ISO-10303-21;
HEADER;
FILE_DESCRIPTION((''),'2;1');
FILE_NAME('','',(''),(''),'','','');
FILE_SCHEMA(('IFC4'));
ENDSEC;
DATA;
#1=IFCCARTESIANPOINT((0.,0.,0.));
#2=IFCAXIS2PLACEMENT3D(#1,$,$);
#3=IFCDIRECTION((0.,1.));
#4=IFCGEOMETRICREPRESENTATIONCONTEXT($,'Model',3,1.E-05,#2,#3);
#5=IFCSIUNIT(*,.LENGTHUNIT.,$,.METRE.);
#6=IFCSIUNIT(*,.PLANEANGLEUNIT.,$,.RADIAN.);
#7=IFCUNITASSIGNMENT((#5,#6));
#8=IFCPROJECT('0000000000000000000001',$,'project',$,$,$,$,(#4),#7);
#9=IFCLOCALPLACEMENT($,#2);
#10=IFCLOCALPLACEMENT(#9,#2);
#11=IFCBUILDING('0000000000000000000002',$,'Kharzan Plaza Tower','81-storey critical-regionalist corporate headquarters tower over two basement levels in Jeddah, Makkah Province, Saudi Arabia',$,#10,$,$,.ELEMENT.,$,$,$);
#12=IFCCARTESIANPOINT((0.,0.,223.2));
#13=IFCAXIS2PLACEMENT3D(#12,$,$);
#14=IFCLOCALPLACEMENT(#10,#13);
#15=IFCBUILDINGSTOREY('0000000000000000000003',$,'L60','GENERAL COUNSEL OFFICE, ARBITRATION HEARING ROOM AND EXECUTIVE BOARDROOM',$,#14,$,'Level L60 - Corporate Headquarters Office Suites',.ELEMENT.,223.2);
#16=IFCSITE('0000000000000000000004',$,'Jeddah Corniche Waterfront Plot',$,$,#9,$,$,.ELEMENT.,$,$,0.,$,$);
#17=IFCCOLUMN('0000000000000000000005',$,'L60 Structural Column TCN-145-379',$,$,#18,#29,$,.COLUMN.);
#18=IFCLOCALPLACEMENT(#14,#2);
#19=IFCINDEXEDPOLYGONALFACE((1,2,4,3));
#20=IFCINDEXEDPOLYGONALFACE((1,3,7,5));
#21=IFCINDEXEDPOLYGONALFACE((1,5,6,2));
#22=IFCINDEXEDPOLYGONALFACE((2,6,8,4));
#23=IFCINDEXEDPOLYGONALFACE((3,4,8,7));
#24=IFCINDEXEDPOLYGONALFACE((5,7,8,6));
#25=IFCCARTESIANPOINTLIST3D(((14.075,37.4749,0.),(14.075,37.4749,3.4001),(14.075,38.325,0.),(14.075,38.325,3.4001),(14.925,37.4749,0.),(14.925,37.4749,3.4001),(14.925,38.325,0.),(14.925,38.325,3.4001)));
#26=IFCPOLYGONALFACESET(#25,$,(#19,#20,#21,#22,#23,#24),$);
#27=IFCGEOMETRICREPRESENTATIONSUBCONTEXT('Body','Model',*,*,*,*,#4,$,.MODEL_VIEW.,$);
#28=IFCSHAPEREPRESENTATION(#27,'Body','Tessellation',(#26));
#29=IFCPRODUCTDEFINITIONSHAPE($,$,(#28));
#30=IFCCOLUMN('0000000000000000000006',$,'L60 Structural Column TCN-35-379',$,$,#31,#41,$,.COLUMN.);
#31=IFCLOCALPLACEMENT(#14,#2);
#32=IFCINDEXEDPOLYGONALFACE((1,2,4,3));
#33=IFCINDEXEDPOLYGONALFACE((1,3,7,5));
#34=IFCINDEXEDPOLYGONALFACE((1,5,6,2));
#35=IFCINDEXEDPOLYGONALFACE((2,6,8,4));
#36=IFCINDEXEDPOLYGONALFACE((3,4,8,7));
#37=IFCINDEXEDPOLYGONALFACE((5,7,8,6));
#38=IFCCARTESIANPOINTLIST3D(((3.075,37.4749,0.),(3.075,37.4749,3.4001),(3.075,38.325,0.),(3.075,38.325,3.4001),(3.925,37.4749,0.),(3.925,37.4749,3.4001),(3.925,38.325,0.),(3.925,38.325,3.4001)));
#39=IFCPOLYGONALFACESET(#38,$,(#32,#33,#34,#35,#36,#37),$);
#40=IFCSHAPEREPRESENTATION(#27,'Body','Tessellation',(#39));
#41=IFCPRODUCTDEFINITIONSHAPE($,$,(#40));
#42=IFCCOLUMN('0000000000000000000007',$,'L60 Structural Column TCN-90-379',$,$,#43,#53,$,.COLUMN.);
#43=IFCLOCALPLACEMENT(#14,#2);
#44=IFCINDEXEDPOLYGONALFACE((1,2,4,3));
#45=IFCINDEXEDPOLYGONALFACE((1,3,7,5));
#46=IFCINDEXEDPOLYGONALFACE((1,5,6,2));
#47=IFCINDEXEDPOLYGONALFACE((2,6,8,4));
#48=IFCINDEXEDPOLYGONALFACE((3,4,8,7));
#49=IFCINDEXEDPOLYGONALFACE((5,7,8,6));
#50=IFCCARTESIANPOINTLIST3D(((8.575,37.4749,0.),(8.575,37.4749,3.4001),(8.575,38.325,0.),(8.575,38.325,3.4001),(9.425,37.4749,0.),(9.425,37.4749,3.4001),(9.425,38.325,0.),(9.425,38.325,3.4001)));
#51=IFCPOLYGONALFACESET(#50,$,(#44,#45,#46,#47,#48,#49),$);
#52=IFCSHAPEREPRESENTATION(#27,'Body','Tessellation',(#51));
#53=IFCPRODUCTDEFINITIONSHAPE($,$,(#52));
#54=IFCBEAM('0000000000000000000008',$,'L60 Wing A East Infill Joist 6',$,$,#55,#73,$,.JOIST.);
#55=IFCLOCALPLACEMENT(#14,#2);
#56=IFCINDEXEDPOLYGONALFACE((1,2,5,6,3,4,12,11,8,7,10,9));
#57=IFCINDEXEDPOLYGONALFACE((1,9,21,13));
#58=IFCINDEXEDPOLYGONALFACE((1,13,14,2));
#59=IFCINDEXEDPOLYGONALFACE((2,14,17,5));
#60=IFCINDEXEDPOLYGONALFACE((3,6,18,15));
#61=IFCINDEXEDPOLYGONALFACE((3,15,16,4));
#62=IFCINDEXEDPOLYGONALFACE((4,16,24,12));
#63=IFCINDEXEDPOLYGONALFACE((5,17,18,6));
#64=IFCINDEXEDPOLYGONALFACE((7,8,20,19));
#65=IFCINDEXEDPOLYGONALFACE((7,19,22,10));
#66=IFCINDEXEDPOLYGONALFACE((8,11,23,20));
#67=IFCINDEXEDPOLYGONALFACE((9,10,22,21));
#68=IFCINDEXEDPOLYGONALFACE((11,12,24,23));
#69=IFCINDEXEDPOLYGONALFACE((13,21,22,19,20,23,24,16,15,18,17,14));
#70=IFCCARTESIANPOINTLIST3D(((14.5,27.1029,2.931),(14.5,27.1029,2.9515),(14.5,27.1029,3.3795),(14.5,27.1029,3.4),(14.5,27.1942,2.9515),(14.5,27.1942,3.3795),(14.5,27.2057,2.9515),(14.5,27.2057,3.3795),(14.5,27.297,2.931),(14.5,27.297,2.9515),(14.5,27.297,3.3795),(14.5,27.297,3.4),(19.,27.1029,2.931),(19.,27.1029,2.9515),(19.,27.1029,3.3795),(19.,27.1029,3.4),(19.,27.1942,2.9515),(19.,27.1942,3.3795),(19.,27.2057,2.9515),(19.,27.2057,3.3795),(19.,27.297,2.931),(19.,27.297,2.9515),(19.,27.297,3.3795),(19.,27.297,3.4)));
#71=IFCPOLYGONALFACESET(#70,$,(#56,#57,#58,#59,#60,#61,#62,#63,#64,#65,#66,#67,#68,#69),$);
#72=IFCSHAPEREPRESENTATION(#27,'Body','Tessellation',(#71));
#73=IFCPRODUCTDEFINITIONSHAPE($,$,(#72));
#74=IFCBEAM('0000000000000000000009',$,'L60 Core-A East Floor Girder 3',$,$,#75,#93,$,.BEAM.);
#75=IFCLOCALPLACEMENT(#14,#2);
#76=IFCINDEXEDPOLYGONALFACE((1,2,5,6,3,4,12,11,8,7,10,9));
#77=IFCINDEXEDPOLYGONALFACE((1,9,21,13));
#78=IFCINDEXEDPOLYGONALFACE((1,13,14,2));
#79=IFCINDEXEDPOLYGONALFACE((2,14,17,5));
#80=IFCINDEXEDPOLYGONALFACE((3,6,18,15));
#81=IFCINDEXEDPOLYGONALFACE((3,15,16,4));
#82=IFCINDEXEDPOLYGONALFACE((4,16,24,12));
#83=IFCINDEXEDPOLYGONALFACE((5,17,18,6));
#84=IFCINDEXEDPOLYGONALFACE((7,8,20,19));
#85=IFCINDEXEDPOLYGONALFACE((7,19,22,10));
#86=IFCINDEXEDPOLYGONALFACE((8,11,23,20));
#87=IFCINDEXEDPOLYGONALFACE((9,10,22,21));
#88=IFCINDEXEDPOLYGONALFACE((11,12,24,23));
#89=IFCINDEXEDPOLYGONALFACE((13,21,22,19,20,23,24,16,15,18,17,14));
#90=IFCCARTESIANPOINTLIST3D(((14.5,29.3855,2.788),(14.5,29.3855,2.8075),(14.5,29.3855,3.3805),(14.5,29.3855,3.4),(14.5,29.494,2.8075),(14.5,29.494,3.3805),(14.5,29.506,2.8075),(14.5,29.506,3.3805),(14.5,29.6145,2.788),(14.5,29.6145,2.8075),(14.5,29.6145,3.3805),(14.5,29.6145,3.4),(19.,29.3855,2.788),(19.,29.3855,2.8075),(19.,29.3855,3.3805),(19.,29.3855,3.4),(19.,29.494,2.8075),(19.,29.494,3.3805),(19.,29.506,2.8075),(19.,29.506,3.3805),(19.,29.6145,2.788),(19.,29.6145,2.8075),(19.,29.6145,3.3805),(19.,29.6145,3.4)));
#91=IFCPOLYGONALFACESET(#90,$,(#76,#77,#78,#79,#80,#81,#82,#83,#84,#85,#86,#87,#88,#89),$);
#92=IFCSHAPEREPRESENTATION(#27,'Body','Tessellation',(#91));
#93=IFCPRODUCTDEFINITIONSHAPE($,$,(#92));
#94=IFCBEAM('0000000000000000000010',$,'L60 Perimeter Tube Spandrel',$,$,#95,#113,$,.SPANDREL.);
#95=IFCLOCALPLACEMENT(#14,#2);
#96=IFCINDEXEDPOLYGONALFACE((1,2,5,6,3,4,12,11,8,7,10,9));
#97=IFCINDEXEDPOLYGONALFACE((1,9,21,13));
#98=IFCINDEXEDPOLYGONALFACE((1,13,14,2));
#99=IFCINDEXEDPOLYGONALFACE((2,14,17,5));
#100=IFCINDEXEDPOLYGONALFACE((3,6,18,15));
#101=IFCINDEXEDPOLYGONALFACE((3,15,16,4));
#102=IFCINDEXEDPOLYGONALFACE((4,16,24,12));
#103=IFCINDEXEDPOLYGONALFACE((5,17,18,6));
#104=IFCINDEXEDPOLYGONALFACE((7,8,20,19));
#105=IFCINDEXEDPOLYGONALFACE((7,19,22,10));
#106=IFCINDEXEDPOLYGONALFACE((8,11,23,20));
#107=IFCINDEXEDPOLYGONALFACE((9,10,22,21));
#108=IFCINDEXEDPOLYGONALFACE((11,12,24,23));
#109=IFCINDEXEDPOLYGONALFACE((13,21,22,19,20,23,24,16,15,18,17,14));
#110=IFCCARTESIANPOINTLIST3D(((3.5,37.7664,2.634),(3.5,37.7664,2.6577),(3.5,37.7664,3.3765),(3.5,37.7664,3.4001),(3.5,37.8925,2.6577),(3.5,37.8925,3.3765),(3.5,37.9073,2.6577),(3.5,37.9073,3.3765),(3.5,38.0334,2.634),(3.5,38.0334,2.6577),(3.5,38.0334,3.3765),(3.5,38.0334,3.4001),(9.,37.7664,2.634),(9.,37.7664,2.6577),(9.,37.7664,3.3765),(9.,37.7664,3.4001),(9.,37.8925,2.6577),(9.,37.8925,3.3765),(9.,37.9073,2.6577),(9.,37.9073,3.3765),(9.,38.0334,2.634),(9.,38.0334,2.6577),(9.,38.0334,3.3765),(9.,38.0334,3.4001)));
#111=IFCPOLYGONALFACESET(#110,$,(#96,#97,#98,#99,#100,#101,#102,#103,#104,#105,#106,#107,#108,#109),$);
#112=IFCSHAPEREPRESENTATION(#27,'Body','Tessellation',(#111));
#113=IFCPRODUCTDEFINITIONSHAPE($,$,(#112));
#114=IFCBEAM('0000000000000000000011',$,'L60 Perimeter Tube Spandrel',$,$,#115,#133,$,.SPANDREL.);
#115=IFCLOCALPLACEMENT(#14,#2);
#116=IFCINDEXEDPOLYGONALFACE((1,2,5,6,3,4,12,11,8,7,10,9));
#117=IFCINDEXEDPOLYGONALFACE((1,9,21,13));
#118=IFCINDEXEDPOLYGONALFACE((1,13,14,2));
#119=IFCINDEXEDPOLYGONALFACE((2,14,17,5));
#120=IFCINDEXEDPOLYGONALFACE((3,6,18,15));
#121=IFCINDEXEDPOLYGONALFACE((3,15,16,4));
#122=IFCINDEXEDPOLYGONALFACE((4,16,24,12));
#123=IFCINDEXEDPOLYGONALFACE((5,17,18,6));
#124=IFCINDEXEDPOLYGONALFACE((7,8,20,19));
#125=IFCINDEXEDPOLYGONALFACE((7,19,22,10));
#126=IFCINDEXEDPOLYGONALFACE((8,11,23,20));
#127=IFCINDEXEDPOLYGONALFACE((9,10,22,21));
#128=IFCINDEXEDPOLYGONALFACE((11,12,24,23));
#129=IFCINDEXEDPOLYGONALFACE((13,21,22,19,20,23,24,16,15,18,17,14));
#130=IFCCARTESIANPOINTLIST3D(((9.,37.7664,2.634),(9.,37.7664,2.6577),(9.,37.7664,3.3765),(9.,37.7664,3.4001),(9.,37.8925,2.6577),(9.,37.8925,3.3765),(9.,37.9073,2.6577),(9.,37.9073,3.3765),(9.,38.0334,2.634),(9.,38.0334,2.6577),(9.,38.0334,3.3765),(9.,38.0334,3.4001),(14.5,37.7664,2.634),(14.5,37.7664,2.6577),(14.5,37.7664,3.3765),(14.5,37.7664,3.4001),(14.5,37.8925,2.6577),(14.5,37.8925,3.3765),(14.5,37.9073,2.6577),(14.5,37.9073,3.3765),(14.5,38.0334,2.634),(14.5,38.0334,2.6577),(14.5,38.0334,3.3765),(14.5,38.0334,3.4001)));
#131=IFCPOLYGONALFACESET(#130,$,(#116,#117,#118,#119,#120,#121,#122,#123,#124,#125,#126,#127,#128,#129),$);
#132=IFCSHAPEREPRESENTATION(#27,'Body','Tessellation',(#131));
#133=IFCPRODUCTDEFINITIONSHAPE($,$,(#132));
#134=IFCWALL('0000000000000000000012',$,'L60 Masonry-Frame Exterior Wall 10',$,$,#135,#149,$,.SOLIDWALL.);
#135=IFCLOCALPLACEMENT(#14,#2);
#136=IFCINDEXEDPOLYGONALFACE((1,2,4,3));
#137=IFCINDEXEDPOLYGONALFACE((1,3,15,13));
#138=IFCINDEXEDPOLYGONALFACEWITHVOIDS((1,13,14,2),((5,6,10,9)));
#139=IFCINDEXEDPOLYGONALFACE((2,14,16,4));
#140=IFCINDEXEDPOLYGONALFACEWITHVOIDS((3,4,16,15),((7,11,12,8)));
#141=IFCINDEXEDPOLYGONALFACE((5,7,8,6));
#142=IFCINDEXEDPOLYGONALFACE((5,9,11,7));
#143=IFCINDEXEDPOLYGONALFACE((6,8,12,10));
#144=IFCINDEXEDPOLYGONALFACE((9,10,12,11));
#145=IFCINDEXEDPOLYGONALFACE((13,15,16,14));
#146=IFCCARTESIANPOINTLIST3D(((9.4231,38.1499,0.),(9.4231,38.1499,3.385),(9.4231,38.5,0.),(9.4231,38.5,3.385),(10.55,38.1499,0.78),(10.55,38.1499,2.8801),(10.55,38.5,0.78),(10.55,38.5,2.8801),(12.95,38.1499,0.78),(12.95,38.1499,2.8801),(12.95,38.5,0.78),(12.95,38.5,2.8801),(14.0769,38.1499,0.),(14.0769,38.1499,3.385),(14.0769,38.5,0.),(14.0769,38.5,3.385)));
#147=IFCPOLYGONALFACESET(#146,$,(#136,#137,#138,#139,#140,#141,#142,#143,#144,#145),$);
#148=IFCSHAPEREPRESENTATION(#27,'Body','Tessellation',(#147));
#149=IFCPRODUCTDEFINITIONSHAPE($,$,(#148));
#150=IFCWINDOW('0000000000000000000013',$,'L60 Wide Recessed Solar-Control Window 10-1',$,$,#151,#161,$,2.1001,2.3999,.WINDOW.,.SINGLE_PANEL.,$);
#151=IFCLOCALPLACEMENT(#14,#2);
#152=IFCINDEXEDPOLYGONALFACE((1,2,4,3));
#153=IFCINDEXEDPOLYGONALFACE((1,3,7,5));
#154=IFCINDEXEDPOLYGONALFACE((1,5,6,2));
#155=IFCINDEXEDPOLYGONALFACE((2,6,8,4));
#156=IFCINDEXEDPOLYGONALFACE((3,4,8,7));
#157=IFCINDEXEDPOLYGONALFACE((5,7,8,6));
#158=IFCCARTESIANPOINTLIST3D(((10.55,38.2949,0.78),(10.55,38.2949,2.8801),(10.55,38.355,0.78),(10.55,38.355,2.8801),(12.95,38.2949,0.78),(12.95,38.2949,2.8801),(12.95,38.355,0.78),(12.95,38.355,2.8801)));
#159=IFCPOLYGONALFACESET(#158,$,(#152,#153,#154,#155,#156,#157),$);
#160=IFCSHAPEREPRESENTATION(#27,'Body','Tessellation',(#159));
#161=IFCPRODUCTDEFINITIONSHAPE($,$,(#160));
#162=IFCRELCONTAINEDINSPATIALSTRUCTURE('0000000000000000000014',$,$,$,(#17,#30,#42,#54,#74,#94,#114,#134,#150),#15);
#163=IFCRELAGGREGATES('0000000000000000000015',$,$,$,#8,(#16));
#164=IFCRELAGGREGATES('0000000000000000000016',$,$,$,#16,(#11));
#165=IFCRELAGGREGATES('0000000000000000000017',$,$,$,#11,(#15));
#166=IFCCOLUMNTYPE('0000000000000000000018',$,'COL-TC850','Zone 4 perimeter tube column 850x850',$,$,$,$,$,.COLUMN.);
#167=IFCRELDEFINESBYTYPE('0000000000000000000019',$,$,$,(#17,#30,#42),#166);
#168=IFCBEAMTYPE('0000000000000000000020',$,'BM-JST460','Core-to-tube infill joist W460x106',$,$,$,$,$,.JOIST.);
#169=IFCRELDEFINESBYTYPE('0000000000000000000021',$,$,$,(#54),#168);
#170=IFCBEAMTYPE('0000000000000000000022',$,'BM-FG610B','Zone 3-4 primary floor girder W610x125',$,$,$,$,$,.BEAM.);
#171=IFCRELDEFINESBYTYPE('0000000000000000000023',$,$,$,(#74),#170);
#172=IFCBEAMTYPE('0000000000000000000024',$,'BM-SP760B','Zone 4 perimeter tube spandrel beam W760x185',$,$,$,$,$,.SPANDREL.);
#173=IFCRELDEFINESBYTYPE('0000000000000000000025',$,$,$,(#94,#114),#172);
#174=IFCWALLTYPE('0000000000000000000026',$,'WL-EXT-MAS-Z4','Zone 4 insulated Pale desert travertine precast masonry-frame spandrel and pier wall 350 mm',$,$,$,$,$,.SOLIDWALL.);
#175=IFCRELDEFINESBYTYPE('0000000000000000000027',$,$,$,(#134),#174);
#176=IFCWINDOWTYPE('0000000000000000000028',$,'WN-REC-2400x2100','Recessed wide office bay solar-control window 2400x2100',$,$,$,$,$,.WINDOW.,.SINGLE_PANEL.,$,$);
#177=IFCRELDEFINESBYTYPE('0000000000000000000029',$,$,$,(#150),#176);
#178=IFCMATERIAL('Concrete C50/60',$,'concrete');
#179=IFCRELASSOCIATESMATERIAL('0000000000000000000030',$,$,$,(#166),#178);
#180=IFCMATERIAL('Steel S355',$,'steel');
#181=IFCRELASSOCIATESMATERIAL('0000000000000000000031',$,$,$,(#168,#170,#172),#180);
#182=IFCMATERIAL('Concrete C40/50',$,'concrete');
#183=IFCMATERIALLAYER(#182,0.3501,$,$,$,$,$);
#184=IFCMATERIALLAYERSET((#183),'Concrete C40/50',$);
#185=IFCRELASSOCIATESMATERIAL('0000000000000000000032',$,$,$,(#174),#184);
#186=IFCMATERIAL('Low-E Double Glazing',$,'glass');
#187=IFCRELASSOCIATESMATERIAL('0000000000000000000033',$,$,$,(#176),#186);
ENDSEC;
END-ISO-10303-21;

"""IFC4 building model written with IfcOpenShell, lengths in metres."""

from ifc_helpers import new_model, si_unit, direction, frame, frame_2d, origin, origin_2d, place, context, subcontext, project, spatial, rectangle, i_section, extrude, source, transform, mapped, material, layer, layer_set, material_profile, profile_set, type_object, element, fill, save


model = new_model("IFC4")

# Units and contexts
model_context = context("Model", 3, precision=1e-05, world=origin(), true_north=direction((0.0, 1.0)))
body_context = subcontext(model_context, "Body", "Model", "MODEL_VIEW")
ifc_project = project(units=[si_unit("LENGTHUNIT", "METRE"), si_unit("PLANEANGLEUNIT", "RADIAN")], contexts=[model_context])

# Site, building, storey
site_placement = place(None, origin())
site = spatial("IfcSite", under=ifc_project, at=site_placement, Name="Jeddah Corniche Waterfront Plot", CompositionType="ELEMENT", RefElevation=0.0)
building_placement = place(site_placement, origin())
building = spatial("IfcBuilding", under=site, at=building_placement, Name="Kharzan Plaza Tower", Description="81-storey critical-regionalist corporate headquarters tower over two basement levels in Jeddah, Makkah Province, Saudi Arabia", CompositionType="ELEMENT")
storey_placement = place(building_placement, frame((0.0, 0.0, 223.2)))
storey = spatial("IfcBuildingStorey", under=building, at=storey_placement, Name="L60", Description="GENERAL COUNSEL OFFICE, ARBITRATION HEARING ROOM AND EXECUTIVE BOARDROOM", LongName="Level L60 - Corporate Headquarters Office Suites", CompositionType="ELEMENT", Elevation=223.2)

# Columns
ifc_material_1 = material(Name="Concrete C50/60", Category="concrete")
ifc_material_profile_1 = material_profile(ifc_material_1, rectangle(XDim=0.8501, YDim=0.8501, at=origin_2d()), Name="RC-TC850x850")
ifc_profile_set_1 = profile_set([ifc_material_profile_1], Name="Concrete C50/60")
column_type = type_object("IfcColumnType", Name="COL-TC850", Description="Zone 4 perimeter tube column 850x850", PredefinedType="COLUMN", material=ifc_profile_set_1)
shared_shape_1 = source(origin(), body_context, "Body", "SweptSolid", [
    extrude(rectangle(XDim=0.8501, YDim=0.8501, at=origin_2d()), origin(), (0.0, 0.0, 1.0), 3.4001),
])
for number, where, z_axis, x_axis, name in (
    (1, (14.5, 37.8999, 0.0), (0.0, 0.0, 1.0), (1.0, 0.0, 0.0), "L60 Structural Column TCN-145-379"),
    (2, (3.5, 37.8999, 0.0), (0.0, 0.0, 1.0), (1.0, 0.0, 0.0), "L60 Structural Column TCN-35-379"),
    (3, (9.0, 37.8999, 0.0), (0.0, 0.0, 1.0), (1.0, 0.0, 0.0), "L60 Structural Column TCN-90-379"),
):
    element("IfcColumn", number, at=place(storey_placement, frame(where, z_axis=z_axis, x_axis=x_axis)), inside=storey, type_object=column_type, Name=name, PredefinedType="COLUMN", context=body_context, shape_type="MappedRepresentation", body=[
        mapped(shared_shape_1, transform((0.0, 0.0, 0.0), x_axis=(1.0, 0.0, 0.0), y_axis=(0.0, 1.0, 0.0), z_axis=(0.0, 0.0, 1.0))),
    ])

# Beams
ifc_material_2 = material(Name="Steel S355", Category="steel")
ifc_material_profile_2 = material_profile(ifc_material_2, i_section(OverallWidth=0.1941, OverallDepth=0.469, WebThickness=0.0115, FlangeThickness=0.0205, at=origin_2d()), Name="W460x106")
ifc_profile_set_2 = profile_set([ifc_material_profile_2], Name="Steel S355")
beam_type_1 = type_object("IfcBeamType", Name="BM-JST460", Description="Core-to-tube infill joist W460x106", PredefinedType="JOIST", material=ifc_profile_set_2)
shared_shape_2 = source(origin(), body_context, "Body", "SweptSolid", [
    extrude(i_section(OverallWidth=0.1941, OverallDepth=0.469, WebThickness=0.0115, FlangeThickness=0.0205, at=origin_2d()), origin(), (0.0, 0.0, 1.0), 4.5),
])
beam_1_placement = place(storey_placement, frame((14.5, 27.2, 3.1655), z_axis=(1.0, 0.0, 0.0), x_axis=(0.0, 1.0, 0.0)))
element("IfcBeam", 4, at=beam_1_placement, inside=storey, type_object=beam_type_1, Name="L60 Wing A East Infill Joist 6", PredefinedType="JOIST", context=body_context, shape_type="MappedRepresentation", body=[
    mapped(shared_shape_2, transform((0.0, 0.0, 0.0), x_axis=(1.0, 0.0, 0.0), y_axis=(0.0, 1.0, 0.0), z_axis=(0.0, 0.0, 1.0))),
])
ifc_material_profile_3 = material_profile(ifc_material_2, i_section(OverallWidth=0.229, OverallDepth=0.6121, WebThickness=0.012, FlangeThickness=0.0195, at=origin_2d()), Name="W610x125")
ifc_profile_set_3 = profile_set([ifc_material_profile_3], Name="Steel S355")
beam_type_2 = type_object("IfcBeamType", Name="BM-FG610B", Description="Zone 3-4 primary floor girder W610x125", PredefinedType="BEAM", material=ifc_profile_set_3)
shared_shape_3 = source(origin(), body_context, "Body", "SweptSolid", [
    extrude(i_section(OverallWidth=0.229, OverallDepth=0.6121, WebThickness=0.012, FlangeThickness=0.0195, at=origin_2d()), origin(), (0.0, 0.0, 1.0), 4.5),
])
beam_2_placement = place(storey_placement, frame((14.5, 29.5, 3.094), z_axis=(1.0, 0.0, 0.0), x_axis=(0.0, 1.0, 0.0)))
element("IfcBeam", 5, at=beam_2_placement, inside=storey, type_object=beam_type_2, Name="L60 Core-A East Floor Girder 3", PredefinedType="BEAM", context=body_context, shape_type="MappedRepresentation", body=[
    mapped(shared_shape_3, transform((0.0, 0.0, 0.0), x_axis=(1.0, 0.0, 0.0), y_axis=(0.0, 1.0, 0.0), z_axis=(0.0, 0.0, 1.0))),
])
ifc_material_profile_4 = material_profile(ifc_material_2, i_section(OverallWidth=0.2671, OverallDepth=0.7661, WebThickness=0.0149, FlangeThickness=0.0237, at=origin_2d()), Name="W760x185")
ifc_profile_set_4 = profile_set([ifc_material_profile_4], Name="Steel S355")
beam_type_3 = type_object("IfcBeamType", Name="BM-SP760B", Description="Zone 4 perimeter tube spandrel beam W760x185", PredefinedType="SPANDREL", material=ifc_profile_set_4)
shared_shape_4 = source(origin(), body_context, "Body", "SweptSolid", [
    extrude(i_section(OverallWidth=0.2671, OverallDepth=0.7661, WebThickness=0.0149, FlangeThickness=0.0237, at=origin_2d()), origin(), (0.0, 0.0, 1.0), 5.5),
])
for number, where, z_axis, x_axis, name in (
    (6, (3.5, 37.8999, 3.0171), (1.0, 0.0, 0.0), (0.0, 1.0, 0.0), "L60 Perimeter Tube Spandrel"),
    (7, (9.0, 37.8999, 3.0171), (1.0, 0.0, 0.0), (0.0, 1.0, 0.0), "L60 Perimeter Tube Spandrel"),
):
    element("IfcBeam", number, at=place(storey_placement, frame(where, z_axis=z_axis, x_axis=x_axis)), inside=storey, type_object=beam_type_3, Name=name, PredefinedType="SPANDREL", context=body_context, shape_type="MappedRepresentation", body=[
        mapped(shared_shape_4, transform((0.0, 0.0, 0.0), x_axis=(1.0, 0.0, 0.0), y_axis=(0.0, 1.0, 0.0), z_axis=(0.0, 0.0, 1.0))),
    ])

# Wall, opening, window
ifc_material_3 = material(Name="Concrete C40/50", Category="concrete")
ifc_layer_1 = layer(ifc_material_3, 0.3501)
ifc_layer_set_1 = layer_set([ifc_layer_1], Name="Concrete C40/50")
wall_type_1 = type_object("IfcWallType", Name="WL-EXT-MAS-Z4", Description="Zone 4 insulated Pale desert travertine precast masonry-frame spandrel and pier wall 350 mm", PredefinedType="SOLIDWALL", material=ifc_layer_set_1)
wall_1_placement = place(storey_placement, frame((14.0769, 38.325, 0.0), z_axis=(0.0, 0.0, 1.0), x_axis=(-1.0, 0.0, 0.0)))
wall_1 = element("IfcWall", 8, at=wall_1_placement, inside=storey, type_object=wall_type_1, Name="L60 Masonry-Frame Exterior Wall 10", PredefinedType="SOLIDWALL", context=body_context, shape_type="SweptSolid", body=[
    extrude(rectangle(XDim=4.6538, YDim=0.3501, at=frame_2d((2.3269, 0.0))), origin(), (0.0, 0.0, 1.0), 3.385),
])
opening_1_placement = place(wall_1_placement, frame((1.127, 0.0, 0.78)))
opening_1 = element("IfcOpeningElement", 9, at=opening_1_placement, cuts=wall_1, PredefinedType="OPENING", context=body_context, shape_type="SweptSolid", body=[
    extrude(rectangle(XDim=2.3999, YDim=2.1001, at=frame_2d((1.2, 1.05))), frame((0.0, 0.1851, 0.0), z_axis=(0.0, -1.0, 0.0), x_axis=(1.0, 0.0, 0.0)), (0.0, 0.0, 1.0), 0.3701),
])
ifc_material_4 = material(Name="Low-E Double Glazing", Category="glass")
window_type = type_object("IfcWindowType", Name="WN-REC-2400x2100", Description="Recessed wide office bay solar-control window 2400x2100", PartitioningType="SINGLE_PANEL", PredefinedType="WINDOW", material=ifc_material_4)
shared_shape_5 = source(origin(), body_context, "Body", "SweptSolid", [
    extrude(rectangle(XDim=2.3999, YDim=2.1001, at=frame_2d((1.2, 1.05))), frame((0.0, 0.03, 0.0), z_axis=(0.0, -1.0, 0.0), x_axis=(1.0, 0.0, 0.0)), (0.0, 0.0, 1.0), 0.0601),
])
window_1_placement = place(opening_1_placement, origin())
window_1 = element("IfcWindow", 10, at=window_1_placement, inside=storey, type_object=window_type, Name="L60 Wide Recessed Solar-Control Window 10-1", OverallHeight=2.1001, OverallWidth=2.3999, PartitioningType="SINGLE_PANEL", PredefinedType="WINDOW", context=body_context, shape_type="MappedRepresentation", body=[
    mapped(shared_shape_5, transform((0.0, 0.0, 0.0), x_axis=(1.0, 0.0, 0.0), y_axis=(0.0, 1.0, 0.0), z_axis=(0.0, 0.0, 1.0))),
])
fill(opening_1, window_1)

save(model, "model.ifc")
